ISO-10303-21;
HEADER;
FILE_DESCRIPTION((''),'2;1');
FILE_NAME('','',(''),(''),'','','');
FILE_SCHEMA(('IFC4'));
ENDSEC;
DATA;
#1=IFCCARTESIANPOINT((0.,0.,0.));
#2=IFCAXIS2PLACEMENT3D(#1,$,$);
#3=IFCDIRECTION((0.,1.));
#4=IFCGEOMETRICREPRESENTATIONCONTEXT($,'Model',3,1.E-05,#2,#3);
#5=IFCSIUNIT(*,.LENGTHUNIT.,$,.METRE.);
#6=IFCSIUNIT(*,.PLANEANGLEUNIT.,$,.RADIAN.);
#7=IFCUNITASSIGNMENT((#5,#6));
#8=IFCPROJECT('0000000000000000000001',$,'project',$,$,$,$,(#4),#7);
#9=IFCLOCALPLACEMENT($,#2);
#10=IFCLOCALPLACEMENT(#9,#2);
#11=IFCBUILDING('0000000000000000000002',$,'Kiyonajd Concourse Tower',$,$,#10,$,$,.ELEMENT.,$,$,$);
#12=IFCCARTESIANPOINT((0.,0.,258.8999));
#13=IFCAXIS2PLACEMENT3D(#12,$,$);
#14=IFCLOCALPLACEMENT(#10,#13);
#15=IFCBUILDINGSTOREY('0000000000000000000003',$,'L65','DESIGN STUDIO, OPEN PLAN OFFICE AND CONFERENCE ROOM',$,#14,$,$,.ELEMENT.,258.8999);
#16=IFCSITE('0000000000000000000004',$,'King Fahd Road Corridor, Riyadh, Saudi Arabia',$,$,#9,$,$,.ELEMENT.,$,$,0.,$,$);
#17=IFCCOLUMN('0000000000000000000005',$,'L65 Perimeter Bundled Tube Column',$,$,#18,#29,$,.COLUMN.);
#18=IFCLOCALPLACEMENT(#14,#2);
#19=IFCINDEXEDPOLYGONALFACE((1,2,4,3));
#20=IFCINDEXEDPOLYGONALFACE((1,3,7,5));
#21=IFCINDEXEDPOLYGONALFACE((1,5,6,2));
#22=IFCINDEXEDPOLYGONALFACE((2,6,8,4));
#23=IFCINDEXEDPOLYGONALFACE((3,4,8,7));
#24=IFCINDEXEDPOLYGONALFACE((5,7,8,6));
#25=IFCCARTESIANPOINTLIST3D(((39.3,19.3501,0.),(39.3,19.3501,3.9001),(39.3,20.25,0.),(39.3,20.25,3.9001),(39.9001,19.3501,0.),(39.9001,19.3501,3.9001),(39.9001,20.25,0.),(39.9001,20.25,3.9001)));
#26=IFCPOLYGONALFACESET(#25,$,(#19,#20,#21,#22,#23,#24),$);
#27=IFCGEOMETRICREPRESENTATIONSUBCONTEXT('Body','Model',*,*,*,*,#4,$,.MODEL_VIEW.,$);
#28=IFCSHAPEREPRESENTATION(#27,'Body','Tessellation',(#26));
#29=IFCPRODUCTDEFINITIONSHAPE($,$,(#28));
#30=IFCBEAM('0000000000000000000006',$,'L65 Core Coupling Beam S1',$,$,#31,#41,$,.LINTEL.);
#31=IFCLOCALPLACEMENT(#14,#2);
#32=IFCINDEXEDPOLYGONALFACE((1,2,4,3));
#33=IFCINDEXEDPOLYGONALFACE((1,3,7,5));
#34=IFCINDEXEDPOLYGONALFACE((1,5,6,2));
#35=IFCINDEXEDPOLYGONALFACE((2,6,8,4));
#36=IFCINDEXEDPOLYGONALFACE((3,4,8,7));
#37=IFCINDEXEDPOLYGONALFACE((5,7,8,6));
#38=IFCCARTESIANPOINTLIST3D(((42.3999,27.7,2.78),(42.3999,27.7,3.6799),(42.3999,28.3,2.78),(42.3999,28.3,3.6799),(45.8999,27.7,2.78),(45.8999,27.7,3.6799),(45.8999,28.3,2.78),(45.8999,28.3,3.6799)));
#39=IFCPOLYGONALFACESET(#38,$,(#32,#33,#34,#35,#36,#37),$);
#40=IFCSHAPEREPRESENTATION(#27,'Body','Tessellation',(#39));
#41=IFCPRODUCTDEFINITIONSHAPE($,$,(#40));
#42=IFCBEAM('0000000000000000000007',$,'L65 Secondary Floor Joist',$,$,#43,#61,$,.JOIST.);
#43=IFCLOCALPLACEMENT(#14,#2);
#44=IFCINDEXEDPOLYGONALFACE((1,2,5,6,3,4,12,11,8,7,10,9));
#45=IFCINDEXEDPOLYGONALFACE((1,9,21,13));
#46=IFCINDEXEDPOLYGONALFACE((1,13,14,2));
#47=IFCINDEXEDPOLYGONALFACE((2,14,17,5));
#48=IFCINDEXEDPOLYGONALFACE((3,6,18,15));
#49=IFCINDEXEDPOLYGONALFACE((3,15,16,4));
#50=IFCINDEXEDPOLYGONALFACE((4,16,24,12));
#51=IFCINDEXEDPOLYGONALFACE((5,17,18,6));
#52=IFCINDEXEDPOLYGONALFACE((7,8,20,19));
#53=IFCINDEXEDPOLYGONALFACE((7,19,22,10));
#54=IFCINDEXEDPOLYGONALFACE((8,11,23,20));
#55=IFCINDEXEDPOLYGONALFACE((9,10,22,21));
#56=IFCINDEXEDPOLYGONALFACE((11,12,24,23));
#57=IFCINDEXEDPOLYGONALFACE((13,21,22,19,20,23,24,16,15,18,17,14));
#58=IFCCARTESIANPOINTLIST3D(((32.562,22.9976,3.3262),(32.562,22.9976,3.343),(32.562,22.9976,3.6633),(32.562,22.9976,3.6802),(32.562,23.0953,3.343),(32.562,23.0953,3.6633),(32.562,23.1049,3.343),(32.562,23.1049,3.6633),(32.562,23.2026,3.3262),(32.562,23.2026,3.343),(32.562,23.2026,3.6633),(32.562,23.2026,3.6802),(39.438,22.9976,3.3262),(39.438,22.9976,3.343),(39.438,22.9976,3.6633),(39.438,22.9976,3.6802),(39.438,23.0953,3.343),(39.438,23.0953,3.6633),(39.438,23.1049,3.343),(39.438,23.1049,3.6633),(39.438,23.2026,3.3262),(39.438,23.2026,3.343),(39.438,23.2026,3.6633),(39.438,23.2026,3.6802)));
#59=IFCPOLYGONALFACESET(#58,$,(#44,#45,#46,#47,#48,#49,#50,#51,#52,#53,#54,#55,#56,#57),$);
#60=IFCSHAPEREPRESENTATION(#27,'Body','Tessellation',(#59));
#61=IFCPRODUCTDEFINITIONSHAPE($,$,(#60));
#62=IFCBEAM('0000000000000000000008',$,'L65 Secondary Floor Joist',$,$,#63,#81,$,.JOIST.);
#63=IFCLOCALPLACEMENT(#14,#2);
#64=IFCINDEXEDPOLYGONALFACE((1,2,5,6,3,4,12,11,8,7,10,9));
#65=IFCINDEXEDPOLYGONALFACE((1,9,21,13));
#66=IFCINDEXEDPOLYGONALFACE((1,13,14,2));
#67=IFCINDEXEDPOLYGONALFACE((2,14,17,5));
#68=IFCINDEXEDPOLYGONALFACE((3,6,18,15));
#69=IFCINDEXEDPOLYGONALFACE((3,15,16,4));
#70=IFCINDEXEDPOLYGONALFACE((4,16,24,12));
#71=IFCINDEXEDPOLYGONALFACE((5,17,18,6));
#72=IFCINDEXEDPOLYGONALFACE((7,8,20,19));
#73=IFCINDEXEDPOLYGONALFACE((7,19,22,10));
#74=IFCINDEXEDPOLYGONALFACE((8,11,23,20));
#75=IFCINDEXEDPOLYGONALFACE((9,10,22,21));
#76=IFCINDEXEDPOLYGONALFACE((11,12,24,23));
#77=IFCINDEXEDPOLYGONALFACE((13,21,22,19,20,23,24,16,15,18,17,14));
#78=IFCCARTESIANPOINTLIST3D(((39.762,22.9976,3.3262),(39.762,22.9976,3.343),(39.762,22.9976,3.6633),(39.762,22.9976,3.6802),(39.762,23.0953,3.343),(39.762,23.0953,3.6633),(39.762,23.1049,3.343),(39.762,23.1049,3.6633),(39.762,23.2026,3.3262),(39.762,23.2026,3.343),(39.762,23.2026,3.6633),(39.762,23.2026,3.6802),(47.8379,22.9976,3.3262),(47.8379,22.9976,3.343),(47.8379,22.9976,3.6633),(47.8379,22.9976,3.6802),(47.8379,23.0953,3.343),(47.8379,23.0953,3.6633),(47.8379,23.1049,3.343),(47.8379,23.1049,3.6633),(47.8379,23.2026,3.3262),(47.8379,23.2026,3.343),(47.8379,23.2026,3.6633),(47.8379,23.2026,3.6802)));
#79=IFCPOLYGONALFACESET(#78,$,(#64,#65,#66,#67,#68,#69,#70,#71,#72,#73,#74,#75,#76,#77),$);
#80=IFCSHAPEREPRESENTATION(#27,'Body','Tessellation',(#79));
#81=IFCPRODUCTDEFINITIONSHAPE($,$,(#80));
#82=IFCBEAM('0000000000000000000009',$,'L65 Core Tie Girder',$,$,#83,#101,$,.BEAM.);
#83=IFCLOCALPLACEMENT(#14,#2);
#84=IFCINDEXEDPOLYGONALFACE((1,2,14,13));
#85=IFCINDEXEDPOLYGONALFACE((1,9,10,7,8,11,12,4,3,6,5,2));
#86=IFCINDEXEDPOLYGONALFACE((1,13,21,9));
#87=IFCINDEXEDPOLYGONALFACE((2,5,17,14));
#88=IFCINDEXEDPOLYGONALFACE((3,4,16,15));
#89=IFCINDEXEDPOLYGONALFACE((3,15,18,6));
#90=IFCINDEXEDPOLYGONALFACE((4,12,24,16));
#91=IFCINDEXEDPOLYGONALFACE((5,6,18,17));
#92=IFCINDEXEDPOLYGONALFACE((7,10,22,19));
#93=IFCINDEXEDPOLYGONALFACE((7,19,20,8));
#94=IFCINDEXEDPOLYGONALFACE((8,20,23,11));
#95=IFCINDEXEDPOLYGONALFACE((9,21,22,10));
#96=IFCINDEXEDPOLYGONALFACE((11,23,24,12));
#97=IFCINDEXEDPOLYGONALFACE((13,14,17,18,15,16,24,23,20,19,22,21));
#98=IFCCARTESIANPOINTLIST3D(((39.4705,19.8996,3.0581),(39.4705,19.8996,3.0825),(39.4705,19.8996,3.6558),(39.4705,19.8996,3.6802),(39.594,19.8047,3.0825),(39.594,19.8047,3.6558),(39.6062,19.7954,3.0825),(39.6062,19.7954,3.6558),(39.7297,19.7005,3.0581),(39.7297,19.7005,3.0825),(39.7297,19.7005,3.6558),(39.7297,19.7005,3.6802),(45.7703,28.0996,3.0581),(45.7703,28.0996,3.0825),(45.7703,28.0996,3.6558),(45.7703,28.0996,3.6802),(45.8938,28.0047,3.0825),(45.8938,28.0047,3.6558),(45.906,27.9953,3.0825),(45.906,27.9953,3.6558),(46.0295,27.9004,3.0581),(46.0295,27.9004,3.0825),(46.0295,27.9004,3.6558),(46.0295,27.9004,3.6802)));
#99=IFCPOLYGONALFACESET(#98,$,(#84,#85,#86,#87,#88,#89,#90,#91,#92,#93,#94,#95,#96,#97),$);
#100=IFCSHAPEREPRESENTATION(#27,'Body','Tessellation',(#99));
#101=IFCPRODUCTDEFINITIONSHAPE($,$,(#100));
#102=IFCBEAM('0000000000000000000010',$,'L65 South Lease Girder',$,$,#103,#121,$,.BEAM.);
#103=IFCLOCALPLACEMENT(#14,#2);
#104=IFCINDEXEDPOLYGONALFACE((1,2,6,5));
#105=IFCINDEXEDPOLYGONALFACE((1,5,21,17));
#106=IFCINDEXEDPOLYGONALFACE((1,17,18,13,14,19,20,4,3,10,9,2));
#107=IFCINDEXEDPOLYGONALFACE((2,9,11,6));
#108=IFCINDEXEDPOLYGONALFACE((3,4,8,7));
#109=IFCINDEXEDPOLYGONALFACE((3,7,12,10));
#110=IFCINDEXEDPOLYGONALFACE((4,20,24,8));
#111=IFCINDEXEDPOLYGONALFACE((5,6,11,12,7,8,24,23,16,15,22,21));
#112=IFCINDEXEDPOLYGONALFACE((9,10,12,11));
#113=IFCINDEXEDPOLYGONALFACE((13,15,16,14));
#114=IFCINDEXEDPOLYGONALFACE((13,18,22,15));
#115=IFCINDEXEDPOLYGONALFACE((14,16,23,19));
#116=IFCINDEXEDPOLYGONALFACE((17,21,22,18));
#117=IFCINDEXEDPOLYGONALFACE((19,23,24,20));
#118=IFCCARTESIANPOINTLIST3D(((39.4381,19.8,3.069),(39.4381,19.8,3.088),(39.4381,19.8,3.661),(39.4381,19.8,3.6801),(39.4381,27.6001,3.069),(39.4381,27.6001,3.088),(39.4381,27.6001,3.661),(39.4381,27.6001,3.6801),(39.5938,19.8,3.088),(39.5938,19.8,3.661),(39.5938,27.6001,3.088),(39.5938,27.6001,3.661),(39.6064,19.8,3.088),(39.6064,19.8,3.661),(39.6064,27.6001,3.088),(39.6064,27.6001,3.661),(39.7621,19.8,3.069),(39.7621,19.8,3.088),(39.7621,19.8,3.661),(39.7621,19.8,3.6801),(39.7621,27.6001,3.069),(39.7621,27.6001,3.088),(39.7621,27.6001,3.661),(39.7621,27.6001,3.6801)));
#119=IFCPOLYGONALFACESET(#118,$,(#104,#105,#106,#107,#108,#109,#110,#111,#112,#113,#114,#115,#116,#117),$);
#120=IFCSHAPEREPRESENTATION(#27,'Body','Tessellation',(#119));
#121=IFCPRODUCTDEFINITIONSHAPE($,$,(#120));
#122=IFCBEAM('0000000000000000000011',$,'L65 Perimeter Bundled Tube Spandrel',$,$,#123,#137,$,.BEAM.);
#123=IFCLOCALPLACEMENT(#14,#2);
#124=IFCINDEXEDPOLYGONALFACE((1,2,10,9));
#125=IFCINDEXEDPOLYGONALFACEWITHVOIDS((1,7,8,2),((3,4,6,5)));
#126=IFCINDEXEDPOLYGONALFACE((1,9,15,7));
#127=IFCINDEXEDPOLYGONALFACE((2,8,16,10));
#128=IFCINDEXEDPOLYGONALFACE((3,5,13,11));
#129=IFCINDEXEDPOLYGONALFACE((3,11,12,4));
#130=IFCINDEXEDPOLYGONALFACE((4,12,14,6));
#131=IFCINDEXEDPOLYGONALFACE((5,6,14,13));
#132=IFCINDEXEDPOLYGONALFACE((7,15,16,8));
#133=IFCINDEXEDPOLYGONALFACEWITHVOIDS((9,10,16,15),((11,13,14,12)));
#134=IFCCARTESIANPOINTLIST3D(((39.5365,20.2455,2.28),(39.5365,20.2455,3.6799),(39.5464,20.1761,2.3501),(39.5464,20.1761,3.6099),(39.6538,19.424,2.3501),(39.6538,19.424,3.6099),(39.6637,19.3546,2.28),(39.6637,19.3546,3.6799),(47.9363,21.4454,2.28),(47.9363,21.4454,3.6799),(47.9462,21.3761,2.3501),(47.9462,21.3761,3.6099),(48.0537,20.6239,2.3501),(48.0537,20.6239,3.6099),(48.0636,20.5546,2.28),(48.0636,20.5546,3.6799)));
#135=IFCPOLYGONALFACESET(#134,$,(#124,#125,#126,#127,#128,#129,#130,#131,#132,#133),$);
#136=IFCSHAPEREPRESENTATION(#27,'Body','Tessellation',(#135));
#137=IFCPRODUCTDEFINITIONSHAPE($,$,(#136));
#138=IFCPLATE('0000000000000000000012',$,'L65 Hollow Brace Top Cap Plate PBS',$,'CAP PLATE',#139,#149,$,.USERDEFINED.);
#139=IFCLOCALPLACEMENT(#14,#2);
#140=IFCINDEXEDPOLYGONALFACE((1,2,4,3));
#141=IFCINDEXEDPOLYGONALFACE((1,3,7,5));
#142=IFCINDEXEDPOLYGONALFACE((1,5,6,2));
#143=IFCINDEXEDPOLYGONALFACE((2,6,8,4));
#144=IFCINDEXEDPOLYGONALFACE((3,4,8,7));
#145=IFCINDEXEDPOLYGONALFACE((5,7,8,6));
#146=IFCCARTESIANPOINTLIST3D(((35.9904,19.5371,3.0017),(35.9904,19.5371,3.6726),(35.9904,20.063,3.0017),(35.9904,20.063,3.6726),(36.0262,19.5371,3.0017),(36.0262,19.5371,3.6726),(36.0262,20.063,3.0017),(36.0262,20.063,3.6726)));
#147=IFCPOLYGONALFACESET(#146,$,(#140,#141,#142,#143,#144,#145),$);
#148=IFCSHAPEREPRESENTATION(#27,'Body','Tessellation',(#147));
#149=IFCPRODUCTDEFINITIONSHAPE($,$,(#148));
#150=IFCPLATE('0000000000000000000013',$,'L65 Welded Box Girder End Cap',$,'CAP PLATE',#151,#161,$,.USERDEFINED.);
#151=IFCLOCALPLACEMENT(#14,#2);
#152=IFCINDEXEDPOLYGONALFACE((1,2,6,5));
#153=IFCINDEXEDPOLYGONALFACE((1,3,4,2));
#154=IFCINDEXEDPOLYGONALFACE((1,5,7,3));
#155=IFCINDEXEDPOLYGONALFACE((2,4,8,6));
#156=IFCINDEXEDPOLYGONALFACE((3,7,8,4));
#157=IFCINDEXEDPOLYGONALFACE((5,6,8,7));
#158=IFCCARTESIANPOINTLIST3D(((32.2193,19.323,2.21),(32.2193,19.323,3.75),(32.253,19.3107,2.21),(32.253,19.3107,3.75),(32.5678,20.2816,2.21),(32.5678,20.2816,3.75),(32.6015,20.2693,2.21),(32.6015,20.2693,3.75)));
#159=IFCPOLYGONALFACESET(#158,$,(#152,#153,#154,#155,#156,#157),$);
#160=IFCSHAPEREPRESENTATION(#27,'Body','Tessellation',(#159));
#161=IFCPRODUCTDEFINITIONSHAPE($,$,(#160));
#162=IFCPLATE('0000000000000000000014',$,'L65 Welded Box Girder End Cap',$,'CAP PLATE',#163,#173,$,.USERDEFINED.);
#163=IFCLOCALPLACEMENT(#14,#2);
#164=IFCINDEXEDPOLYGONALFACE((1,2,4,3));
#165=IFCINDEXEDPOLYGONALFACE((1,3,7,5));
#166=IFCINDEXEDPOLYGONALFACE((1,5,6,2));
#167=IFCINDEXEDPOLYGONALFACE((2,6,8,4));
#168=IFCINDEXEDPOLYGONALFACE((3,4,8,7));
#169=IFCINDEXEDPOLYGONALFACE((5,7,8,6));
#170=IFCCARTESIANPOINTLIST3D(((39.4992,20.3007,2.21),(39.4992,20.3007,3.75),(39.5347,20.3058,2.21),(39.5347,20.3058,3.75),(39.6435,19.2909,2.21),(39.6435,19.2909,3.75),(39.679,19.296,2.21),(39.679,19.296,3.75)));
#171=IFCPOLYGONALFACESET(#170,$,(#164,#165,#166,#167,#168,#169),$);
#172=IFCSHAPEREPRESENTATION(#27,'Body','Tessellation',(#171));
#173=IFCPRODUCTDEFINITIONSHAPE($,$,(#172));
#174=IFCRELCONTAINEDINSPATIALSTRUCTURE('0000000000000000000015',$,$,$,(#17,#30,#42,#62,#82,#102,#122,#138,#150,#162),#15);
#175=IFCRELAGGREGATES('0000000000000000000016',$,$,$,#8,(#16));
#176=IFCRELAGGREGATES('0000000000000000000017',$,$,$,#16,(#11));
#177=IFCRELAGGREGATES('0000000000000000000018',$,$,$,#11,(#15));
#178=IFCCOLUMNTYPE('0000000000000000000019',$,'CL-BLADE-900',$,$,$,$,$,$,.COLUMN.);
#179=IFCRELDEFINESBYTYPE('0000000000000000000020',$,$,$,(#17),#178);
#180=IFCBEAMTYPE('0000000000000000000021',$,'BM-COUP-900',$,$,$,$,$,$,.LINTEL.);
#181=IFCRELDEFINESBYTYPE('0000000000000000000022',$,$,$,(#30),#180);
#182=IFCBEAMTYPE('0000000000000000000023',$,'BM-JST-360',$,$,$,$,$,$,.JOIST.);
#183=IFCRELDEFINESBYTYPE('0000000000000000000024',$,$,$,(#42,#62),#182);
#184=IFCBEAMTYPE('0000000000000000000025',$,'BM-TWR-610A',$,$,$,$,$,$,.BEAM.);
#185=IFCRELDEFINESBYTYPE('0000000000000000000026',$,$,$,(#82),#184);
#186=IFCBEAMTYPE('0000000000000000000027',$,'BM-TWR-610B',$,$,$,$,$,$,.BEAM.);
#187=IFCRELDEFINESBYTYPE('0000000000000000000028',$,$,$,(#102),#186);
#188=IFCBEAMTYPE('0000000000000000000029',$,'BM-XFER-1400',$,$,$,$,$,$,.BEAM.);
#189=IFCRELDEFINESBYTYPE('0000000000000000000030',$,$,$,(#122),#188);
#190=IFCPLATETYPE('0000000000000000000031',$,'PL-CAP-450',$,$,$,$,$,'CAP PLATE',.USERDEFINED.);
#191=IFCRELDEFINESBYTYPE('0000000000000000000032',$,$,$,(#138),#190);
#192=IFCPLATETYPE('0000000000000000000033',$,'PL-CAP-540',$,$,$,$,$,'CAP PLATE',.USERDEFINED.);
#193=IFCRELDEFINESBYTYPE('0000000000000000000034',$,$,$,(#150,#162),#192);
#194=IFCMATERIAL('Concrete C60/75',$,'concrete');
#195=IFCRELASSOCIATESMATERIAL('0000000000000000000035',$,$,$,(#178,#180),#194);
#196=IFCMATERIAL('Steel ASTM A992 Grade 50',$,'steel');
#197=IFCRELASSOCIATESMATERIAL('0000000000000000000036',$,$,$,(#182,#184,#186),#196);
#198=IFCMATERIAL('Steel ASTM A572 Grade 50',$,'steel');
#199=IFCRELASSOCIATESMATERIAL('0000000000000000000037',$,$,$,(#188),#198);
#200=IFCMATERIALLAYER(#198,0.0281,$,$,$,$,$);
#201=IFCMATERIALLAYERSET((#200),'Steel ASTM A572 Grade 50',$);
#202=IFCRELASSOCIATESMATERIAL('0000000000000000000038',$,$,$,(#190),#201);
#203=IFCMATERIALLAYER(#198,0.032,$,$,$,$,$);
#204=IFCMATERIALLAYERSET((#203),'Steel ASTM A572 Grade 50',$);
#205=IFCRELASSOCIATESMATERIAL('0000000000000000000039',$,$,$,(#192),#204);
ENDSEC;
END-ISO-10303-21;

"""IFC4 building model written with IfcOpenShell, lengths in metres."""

from ifc_helpers import new_model, si_unit, direction, frame, origin, origin_2d, place, context, subcontext, project, spatial, rectangle, hollow_rectangle, i_section, extrude, material, layer, layer_set, material_profile, profile_set, type_object, element, save


model = new_model("IFC4")

# Units and contexts
model_context = context("Model", 3, precision=1e-05, world=origin(), true_north=direction((0.0, 1.0)))
body_context = subcontext(model_context, "Body", "Model", "MODEL_VIEW")
ifc_project = project(units=[si_unit("LENGTHUNIT", "METRE"), si_unit("PLANEANGLEUNIT", "RADIAN")], contexts=[model_context])

# Site, building, storey
site_placement = place(None, origin())
site = spatial("IfcSite", under=ifc_project, at=site_placement, Name="King Fahd Road Corridor, Riyadh, Saudi Arabia", CompositionType="ELEMENT", RefElevation=0.0)
building_placement = place(site_placement, origin())
building = spatial("IfcBuilding", under=site, at=building_placement, Name="Kiyonajd Concourse Tower", CompositionType="ELEMENT")
storey_placement = place(building_placement, frame((0.0, 0.0, 258.8999)))
storey = spatial("IfcBuildingStorey", under=building, at=storey_placement, Name="L65", Description="DESIGN STUDIO, OPEN PLAN OFFICE AND CONFERENCE ROOM", CompositionType="ELEMENT", Elevation=258.8999)

# Column
ifc_material_1 = material(Name="Concrete C60/75", Category="concrete")
ifc_material_profile_1 = material_profile(ifc_material_1, rectangle(XDim=0.6001, YDim=0.8999, at=origin_2d()), Name="RC-900x600")
ifc_profile_set_1 = profile_set([ifc_material_profile_1], Name="Concrete C60/75")
column_type = type_object("IfcColumnType", Name="CL-BLADE-900", PredefinedType="COLUMN", material=ifc_profile_set_1)
column_placement = place(storey_placement, frame((39.6001, 19.8, 0.0), z_axis=(0.0, 0.0, 1.0), x_axis=(1.0, 0.0, 0.0)))
element("IfcColumn", 1, at=column_placement, inside=storey, type_object=column_type, Name="L65 Perimeter Bundled Tube Column", PredefinedType="COLUMN", context=body_context, shape_type="SweptSolid", body=[
    extrude(rectangle(XDim=0.6001, YDim=0.8999, at=origin_2d()), origin(), (0.0, 0.0, 1.0), 3.9001),
])

# Beams
ifc_material_profile_2 = material_profile(ifc_material_1, rectangle(XDim=0.6001, YDim=0.8999, at=origin_2d()), Name="RCBM-600x900")
ifc_profile_set_2 = profile_set([ifc_material_profile_2], Name="Concrete C60/75")
beam_type_1 = type_object("IfcBeamType", Name="BM-COUP-900", PredefinedType="LINTEL", material=ifc_profile_set_2)
beam_1_placement = place(storey_placement, frame((42.3999, 28.0, 3.23), z_axis=(1.0, 0.0, 0.0), x_axis=(0.0, 1.0, 0.0)))
element("IfcBeam", 2, at=beam_1_placement, inside=storey, type_object=beam_type_1, Name="L65 Core Coupling Beam S1", PredefinedType="LINTEL", context=body_context, shape_type="SweptSolid", body=[
    extrude(rectangle(XDim=0.6001, YDim=0.8999, at=origin_2d()), origin(), (0.0, 0.0, 1.0), 3.5),
])
ifc_material_2 = material(Name="Steel ASTM A992 Grade 50", Category="steel")
ifc_material_profile_3 = material_profile(ifc_material_2, i_section(OverallWidth=0.2051, OverallDepth=0.354, WebThickness=0.0095, FlangeThickness=0.0168, at=origin_2d()), Name="W360X79")
ifc_profile_set_3 = profile_set([ifc_material_profile_3], Name="Steel ASTM A992 Grade 50")
beam_type_2 = type_object("IfcBeamType", Name="BM-JST-360", PredefinedType="JOIST", material=ifc_profile_set_3)
beam_2_placement = place(storey_placement, frame((32.562, 23.1001, 3.5032), z_axis=(1.0, 0.0, 0.0), x_axis=(0.0, 1.0, 0.0)))
element("IfcBeam", 3, at=beam_2_placement, inside=storey, type_object=beam_type_2, Name="L65 Secondary Floor Joist", PredefinedType="JOIST", context=body_context, shape_type="SweptSolid", body=[
    extrude(i_section(OverallWidth=0.2051, OverallDepth=0.354, WebThickness=0.0095, FlangeThickness=0.0168, at=origin_2d()), origin(), (0.0, 0.0, 1.0), 6.876),
])
beam_3_placement = place(storey_placement, frame((39.762, 23.1001, 3.5032), z_axis=(1.0, 0.0, 0.0), x_axis=(0.0, 1.0, 0.0)))
element("IfcBeam", 4, at=beam_3_placement, inside=storey, type_object=beam_type_2, Name="L65 Secondary Floor Joist", PredefinedType="JOIST", context=body_context, shape_type="SweptSolid", body=[
    extrude(i_section(OverallWidth=0.2051, OverallDepth=0.354, WebThickness=0.0095, FlangeThickness=0.0168, at=origin_2d()), origin(), (0.0, 0.0, 1.0), 8.0759),
])
ifc_material_profile_4 = material_profile(ifc_material_2, i_section(OverallWidth=0.3269, OverallDepth=0.6221, WebThickness=0.0154, FlangeThickness=0.0244, at=origin_2d()), Name="W610X195")
ifc_profile_set_4 = profile_set([ifc_material_profile_4], Name="Steel ASTM A992 Grade 50")
beam_type_3 = type_object("IfcBeamType", Name="BM-TWR-610A", PredefinedType="BEAM", material=ifc_profile_set_4)
beam_4_placement = place(storey_placement, frame((39.6001, 19.8, 3.3691), z_axis=(0.609234, 0.792991, 0.0), x_axis=(-0.792991, 0.609234, 0.0)))
element("IfcBeam", 5, at=beam_4_placement, inside=storey, type_object=beam_type_3, Name="L65 Core Tie Girder", PredefinedType="BEAM", context=body_context, shape_type="SweptSolid", body=[
    extrude(i_section(OverallWidth=0.3269, OverallDepth=0.6221, WebThickness=0.0154, FlangeThickness=0.0244, at=origin_2d()), origin(), (0.0, 0.0, 1.0), 10.3406),
])
ifc_material_profile_5 = material_profile(ifc_material_2, i_section(OverallWidth=0.324, OverallDepth=0.6111, WebThickness=0.0127, FlangeThickness=0.019, at=origin_2d()), Name="W610X155")
ifc_profile_set_5 = profile_set([ifc_material_profile_5], Name="Steel ASTM A992 Grade 50")
beam_type_4 = type_object("IfcBeamType", Name="BM-TWR-610B", PredefinedType="BEAM", material=ifc_profile_set_5)
beam_5_placement = place(storey_placement, frame((39.6001, 19.8, 3.3745), z_axis=(0.0, 1.0, 0.0), x_axis=(-1.0, 0.0, 0.0)))
element("IfcBeam", 6, at=beam_5_placement, inside=storey, type_object=beam_type_4, Name="L65 South Lease Girder", PredefinedType="BEAM", context=body_context, shape_type="SweptSolid", body=[
    extrude(i_section(OverallWidth=0.324, OverallDepth=0.6111, WebThickness=0.0127, FlangeThickness=0.019, at=origin_2d()), origin(), (0.0, 0.0, 1.0), 7.8),
])
ifc_material_3 = material(Name="Steel ASTM A572 Grade 50", Category="steel")
ifc_material_profile_6 = material_profile(ifc_material_3, hollow_rectangle(XDim=0.8999, YDim=1.3999, WallThickness=0.0701, at=origin_2d()), Name="BOX-1400x900x70")
ifc_profile_set_6 = profile_set([ifc_material_profile_6], Name="Steel ASTM A572 Grade 50")
beam_type_5 = type_object("IfcBeamType", Name="BM-XFER-1400", PredefinedType="BEAM", material=ifc_profile_set_6)
beam_6_placement = place(storey_placement, frame((39.6001, 19.8, 2.98), z_axis=(0.98995, 0.141417, 0.0), x_axis=(-0.141417, 0.98995, 0.0)))
element("IfcBeam", 7, at=beam_6_placement, inside=storey, type_object=beam_type_5, Name="L65 Perimeter Bundled Tube Spandrel", PredefinedType="BEAM", context=body_context, shape_type="SweptSolid", body=[
    extrude(hollow_rectangle(XDim=0.8999, YDim=1.3999, WallThickness=0.0701, at=origin_2d()), origin(), (0.0, 0.0, 1.0), 8.4851),
])

# Plates
ifc_layer_1 = layer(ifc_material_3, 0.0281)
ifc_layer_set_1 = layer_set([ifc_layer_1], Name="Steel ASTM A572 Grade 50")
plate_type_1 = type_object("IfcPlateType", Name="PL-CAP-450", ElementType="CAP PLATE", PredefinedType="USERDEFINED", material=ifc_layer_set_1)
plate_1_placement = place(storey_placement, frame((36.0083, 19.8, 3.0017), z_axis=(0.0, 0.0, 1.0), x_axis=(1.0, 0.0, 0.0)))
element("IfcPlate", 8, at=plate_1_placement, inside=storey, type_object=plate_type_1, Name="L65 Hollow Brace Top Cap Plate PBS", ObjectType="CAP PLATE", PredefinedType="USERDEFINED", context=body_context, shape_type="SweptSolid", body=[
    extrude(rectangle(XDim=0.0359, YDim=0.5259, at=origin_2d()), origin(), (0.0, 0.0, 1.0), 0.6709),
])
ifc_layer_2 = layer(ifc_material_3, 0.032)
ifc_layer_set_2 = layer_set([ifc_layer_2], Name="Steel ASTM A572 Grade 50")
plate_type_2 = type_object("IfcPlateType", Name="PL-CAP-540", ElementType="CAP PLATE", PredefinedType="USERDEFINED", material=ifc_layer_set_2)
for number, where, z_axis, x_axis, name in (
    (9, (32.4104, 19.7961, 2.21), (0.0, 0.0, 1.0), (0.939812, -0.341692, 0.0), "L65 Welded Box Girder End Cap"),
    (10, (39.5891, 19.7983, 2.21), (0.0, 0.0, 1.0), (-0.98995, -0.14142, 0.0), "L65 Welded Box Girder End Cap"),
):
    element("IfcPlate", number, at=place(storey_placement, frame(where, z_axis=z_axis, x_axis=x_axis)), inside=storey, type_object=plate_type_2, Name=name, ObjectType="CAP PLATE", PredefinedType="USERDEFINED", context=body_context, shape_type="SweptSolid", body=[
        extrude(rectangle(XDim=0.0359, YDim=1.02, at=origin_2d()), origin(), (0.0, 0.0, 1.0), 1.54),
    ])

save(model, "model.ifc")
